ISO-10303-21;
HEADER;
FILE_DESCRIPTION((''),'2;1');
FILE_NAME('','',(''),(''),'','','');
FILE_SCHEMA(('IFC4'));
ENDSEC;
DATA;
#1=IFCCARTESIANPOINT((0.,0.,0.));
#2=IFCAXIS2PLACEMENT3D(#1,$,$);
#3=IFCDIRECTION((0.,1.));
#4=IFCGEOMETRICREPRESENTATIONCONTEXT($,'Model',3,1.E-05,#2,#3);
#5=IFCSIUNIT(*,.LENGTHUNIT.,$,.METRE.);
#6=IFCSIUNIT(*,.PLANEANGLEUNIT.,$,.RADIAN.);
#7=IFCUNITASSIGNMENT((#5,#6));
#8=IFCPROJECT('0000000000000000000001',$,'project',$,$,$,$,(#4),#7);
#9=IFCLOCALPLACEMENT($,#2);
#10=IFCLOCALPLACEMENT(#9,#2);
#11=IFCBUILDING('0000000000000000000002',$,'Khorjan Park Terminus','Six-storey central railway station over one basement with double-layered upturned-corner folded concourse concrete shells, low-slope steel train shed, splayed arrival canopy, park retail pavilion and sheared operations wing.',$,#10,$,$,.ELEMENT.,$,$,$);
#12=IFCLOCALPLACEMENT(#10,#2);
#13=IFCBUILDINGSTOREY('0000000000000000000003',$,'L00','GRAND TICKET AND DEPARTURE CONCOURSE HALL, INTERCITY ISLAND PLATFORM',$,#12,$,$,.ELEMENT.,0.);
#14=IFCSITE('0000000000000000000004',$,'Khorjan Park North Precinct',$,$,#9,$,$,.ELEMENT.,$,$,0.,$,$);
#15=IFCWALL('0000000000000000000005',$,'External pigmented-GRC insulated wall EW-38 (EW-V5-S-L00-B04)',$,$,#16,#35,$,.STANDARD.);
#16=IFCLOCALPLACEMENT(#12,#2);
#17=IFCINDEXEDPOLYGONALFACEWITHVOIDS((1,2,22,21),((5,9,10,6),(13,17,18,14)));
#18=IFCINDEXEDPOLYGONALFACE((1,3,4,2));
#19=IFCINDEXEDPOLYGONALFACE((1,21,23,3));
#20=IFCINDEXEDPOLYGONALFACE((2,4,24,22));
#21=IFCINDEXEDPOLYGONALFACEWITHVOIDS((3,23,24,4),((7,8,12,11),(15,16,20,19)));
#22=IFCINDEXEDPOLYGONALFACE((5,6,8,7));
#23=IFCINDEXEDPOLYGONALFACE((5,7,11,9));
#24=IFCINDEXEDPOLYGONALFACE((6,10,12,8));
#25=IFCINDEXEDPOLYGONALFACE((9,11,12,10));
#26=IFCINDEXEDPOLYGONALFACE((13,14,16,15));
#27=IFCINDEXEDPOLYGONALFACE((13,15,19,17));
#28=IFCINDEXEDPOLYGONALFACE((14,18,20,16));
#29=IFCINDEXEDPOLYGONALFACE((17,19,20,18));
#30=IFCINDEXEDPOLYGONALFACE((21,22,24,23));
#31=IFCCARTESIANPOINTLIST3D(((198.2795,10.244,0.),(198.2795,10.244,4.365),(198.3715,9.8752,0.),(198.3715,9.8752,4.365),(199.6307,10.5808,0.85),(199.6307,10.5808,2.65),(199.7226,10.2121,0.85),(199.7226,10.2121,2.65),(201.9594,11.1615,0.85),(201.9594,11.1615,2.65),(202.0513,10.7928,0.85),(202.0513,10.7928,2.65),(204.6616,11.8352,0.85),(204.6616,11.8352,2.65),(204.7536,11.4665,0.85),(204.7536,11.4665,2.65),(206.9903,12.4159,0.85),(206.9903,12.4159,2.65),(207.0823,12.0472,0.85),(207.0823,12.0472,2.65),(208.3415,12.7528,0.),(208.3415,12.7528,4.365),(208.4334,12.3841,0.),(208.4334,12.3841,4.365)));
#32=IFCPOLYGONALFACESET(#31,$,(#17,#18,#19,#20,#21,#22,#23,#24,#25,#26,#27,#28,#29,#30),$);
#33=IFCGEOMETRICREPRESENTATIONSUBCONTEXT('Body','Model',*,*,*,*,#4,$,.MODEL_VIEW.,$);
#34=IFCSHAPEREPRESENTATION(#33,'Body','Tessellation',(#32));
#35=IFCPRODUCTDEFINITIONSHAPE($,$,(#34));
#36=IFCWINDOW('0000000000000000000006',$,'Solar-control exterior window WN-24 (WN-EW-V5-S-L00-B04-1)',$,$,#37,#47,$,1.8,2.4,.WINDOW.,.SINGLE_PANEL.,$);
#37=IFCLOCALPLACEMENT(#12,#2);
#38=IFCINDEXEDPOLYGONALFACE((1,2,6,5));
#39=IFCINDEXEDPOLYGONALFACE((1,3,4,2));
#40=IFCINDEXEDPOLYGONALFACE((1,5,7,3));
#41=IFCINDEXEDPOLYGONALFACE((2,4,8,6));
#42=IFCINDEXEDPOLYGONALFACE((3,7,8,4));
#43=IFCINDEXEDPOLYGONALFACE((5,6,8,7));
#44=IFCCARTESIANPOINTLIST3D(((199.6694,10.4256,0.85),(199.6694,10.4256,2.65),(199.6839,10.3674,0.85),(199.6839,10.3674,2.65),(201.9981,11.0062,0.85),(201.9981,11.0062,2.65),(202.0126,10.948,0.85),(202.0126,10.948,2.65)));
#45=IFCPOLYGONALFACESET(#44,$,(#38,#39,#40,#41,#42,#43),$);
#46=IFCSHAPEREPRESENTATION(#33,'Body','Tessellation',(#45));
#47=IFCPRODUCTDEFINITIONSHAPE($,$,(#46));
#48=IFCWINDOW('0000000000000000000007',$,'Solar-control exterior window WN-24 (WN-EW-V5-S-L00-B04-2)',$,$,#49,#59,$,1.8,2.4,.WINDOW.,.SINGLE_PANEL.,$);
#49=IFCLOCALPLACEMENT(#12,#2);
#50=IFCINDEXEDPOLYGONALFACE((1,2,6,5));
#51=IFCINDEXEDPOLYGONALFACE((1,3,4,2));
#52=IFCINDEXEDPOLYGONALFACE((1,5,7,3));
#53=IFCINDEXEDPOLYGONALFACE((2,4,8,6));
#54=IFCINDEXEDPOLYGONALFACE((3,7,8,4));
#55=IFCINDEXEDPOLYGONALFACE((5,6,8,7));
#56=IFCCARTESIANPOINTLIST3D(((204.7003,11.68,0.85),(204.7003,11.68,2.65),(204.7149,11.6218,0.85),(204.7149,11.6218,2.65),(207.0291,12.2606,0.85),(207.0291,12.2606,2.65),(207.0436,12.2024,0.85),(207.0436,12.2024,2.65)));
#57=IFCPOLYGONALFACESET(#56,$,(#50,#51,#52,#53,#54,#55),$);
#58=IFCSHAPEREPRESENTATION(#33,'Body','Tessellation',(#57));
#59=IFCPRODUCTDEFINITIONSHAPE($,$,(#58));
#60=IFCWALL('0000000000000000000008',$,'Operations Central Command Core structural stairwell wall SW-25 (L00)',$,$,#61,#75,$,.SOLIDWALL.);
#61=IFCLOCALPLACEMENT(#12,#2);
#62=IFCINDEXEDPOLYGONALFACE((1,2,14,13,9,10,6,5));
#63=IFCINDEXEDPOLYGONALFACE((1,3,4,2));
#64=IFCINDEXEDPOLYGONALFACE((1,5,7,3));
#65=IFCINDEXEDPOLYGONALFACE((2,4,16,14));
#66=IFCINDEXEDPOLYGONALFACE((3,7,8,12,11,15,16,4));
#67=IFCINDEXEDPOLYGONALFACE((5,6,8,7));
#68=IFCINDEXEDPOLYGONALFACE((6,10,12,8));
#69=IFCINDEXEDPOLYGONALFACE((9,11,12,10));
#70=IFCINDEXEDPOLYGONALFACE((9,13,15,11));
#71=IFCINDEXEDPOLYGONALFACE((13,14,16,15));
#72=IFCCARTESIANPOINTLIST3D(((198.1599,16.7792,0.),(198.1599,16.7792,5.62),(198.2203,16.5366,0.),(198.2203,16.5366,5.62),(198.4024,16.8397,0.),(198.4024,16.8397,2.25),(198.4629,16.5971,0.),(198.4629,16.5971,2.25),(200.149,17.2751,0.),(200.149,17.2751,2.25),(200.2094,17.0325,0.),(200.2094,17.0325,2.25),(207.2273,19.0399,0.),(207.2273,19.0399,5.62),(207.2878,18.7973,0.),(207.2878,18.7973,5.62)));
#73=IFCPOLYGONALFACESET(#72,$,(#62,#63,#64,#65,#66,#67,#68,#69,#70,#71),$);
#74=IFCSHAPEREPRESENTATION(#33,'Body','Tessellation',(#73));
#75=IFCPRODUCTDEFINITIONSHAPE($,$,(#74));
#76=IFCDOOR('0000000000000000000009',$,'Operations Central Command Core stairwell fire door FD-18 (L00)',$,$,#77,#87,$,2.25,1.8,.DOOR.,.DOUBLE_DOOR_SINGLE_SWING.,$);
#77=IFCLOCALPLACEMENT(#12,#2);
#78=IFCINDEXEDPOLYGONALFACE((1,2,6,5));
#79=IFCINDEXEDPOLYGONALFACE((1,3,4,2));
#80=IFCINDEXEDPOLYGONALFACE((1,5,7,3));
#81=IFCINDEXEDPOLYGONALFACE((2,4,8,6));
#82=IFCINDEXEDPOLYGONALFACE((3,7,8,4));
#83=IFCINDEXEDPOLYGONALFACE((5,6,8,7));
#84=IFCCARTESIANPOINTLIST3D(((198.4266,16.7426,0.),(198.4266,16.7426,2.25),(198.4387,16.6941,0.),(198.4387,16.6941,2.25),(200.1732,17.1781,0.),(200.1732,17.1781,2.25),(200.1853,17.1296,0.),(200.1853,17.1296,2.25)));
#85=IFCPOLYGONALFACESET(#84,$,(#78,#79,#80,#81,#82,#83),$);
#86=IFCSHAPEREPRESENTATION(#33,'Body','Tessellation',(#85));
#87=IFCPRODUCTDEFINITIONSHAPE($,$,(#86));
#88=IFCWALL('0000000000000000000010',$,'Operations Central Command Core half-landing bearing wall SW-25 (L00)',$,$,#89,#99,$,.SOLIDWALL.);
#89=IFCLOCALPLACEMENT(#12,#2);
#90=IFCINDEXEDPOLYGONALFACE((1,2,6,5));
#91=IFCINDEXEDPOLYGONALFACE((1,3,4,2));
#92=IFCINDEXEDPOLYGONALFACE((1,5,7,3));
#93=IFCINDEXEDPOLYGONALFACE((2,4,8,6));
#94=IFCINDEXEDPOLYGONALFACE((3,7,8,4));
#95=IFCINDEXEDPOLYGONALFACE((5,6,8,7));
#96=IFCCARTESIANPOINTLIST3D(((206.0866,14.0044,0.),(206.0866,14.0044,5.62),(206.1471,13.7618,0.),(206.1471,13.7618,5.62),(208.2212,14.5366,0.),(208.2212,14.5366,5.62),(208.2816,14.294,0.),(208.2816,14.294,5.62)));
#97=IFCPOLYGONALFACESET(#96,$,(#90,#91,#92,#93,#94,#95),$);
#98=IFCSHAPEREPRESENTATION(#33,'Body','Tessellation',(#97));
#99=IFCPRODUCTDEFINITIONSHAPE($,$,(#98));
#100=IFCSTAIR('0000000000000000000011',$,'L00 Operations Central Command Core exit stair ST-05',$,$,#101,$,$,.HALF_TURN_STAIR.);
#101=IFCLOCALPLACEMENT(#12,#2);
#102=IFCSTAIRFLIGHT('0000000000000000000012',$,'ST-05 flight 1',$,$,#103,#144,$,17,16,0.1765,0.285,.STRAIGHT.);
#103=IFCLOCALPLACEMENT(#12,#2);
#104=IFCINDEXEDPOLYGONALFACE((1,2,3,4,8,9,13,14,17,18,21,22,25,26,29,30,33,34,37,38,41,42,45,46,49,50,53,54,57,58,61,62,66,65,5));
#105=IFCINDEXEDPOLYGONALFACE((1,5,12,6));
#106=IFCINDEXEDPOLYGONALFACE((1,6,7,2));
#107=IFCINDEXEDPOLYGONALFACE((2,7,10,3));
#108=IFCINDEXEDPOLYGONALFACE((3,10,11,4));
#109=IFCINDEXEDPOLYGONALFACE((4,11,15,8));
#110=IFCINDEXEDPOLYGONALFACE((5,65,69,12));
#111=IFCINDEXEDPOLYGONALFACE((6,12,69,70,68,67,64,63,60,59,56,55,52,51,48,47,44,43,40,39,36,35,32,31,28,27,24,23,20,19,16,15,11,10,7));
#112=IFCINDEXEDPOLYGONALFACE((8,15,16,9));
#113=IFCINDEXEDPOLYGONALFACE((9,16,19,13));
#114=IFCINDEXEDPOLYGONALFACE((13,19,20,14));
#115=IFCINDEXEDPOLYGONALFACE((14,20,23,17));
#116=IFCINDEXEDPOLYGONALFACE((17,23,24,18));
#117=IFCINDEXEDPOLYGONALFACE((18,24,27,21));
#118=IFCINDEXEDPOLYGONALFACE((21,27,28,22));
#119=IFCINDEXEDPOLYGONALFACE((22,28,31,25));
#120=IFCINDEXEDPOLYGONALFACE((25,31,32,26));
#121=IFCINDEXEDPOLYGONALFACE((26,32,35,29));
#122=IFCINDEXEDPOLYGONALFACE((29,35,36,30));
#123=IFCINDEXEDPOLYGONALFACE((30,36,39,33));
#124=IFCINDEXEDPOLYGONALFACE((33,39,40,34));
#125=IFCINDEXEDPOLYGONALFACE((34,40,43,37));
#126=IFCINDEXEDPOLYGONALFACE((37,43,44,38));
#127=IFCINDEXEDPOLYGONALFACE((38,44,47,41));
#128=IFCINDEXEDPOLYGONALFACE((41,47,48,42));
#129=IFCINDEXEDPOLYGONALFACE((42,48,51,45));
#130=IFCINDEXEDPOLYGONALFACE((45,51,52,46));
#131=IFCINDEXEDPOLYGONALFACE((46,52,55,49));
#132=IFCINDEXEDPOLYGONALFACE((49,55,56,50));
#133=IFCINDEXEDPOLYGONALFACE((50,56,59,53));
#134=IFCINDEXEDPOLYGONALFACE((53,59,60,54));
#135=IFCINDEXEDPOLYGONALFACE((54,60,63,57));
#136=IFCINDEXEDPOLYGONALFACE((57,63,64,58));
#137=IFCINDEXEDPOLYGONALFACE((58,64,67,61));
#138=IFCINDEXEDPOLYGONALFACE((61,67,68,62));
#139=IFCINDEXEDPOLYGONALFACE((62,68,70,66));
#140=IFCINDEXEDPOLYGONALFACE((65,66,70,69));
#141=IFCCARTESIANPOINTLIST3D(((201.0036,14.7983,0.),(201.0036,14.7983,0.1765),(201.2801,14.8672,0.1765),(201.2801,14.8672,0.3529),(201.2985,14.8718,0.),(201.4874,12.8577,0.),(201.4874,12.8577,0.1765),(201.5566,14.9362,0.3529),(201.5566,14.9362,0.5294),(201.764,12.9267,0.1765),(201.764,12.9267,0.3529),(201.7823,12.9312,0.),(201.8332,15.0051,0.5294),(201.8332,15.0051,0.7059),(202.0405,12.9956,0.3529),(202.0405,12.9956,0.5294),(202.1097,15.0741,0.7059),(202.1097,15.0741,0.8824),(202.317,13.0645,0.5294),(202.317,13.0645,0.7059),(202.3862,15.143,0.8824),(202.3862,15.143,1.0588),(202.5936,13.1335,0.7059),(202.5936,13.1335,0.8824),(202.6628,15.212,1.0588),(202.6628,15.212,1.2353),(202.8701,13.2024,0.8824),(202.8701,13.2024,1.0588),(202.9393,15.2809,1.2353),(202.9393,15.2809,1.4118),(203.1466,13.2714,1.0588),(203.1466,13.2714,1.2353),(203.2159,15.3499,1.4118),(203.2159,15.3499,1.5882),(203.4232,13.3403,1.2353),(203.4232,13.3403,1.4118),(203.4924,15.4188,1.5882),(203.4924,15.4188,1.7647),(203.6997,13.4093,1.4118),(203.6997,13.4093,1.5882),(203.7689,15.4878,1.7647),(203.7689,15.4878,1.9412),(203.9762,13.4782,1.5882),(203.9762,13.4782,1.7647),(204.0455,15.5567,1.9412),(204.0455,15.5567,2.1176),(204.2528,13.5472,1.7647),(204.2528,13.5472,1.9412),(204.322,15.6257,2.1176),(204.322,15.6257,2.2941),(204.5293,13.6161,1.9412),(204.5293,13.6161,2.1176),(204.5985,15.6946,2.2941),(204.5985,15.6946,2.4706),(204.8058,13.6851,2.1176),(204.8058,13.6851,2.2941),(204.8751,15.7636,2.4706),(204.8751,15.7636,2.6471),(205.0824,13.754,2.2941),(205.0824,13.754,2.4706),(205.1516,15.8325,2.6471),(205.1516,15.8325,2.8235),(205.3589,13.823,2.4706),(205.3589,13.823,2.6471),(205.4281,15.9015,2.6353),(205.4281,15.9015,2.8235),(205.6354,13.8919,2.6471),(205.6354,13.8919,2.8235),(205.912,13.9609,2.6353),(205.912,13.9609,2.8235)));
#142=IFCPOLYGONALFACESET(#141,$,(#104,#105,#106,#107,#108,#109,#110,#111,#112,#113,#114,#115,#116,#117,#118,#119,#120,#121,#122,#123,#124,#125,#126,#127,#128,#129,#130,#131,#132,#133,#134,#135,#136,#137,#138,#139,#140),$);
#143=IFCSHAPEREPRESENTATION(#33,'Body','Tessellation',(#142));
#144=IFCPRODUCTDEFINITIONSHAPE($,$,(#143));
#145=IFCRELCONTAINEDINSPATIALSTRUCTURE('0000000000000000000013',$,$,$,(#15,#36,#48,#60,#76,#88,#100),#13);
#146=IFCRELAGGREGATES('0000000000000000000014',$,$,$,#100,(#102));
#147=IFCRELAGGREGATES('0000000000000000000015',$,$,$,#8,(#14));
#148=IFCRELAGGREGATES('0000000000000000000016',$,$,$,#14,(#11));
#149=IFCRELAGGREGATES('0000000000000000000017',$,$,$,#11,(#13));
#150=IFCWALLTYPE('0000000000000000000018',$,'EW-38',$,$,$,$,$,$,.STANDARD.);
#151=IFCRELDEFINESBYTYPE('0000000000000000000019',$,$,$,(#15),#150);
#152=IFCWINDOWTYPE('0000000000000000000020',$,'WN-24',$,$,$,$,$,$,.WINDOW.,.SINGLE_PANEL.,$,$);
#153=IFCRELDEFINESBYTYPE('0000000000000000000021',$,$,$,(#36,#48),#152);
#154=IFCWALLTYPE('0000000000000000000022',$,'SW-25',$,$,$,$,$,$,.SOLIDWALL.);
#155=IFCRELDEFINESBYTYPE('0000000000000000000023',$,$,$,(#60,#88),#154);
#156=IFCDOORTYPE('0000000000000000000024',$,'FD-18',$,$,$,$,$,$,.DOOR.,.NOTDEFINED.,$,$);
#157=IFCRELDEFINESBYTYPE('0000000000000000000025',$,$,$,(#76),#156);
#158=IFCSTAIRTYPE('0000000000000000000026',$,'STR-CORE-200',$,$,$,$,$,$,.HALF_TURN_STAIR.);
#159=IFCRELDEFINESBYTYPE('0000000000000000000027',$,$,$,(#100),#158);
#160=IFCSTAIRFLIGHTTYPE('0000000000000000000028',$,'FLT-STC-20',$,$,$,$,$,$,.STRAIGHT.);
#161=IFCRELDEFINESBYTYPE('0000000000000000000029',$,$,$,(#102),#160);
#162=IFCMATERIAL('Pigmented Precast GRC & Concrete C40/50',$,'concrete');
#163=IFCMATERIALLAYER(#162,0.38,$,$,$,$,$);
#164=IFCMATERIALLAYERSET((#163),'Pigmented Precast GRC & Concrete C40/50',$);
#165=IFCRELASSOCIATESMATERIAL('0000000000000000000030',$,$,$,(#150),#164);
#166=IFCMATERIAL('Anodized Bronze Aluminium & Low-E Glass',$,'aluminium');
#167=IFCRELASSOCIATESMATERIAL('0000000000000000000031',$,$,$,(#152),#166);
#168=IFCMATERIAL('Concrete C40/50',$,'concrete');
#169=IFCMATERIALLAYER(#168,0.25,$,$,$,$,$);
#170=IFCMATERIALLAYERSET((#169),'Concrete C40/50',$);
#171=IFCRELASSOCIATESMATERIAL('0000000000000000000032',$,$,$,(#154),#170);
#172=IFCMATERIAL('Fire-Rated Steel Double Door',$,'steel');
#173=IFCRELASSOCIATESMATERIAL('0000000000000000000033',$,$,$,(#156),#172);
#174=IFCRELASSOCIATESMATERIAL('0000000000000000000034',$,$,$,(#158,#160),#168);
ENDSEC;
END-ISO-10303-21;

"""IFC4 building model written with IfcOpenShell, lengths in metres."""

from ifc_helpers import new_model, si_unit, direction, frame, frame_2d, origin, place, context, subcontext, project, spatial, polyline, rectangle, outline, extrude, material, layer, layer_set, type_object, element, fill, aggregate, save


model = new_model("IFC4")

# Units and contexts
model_context = context("Model", 3, precision=1e-05, world=origin(), true_north=direction((0.0, 1.0)))
body_context = subcontext(model_context, "Body", "Model", "MODEL_VIEW")
ifc_project = project(units=[si_unit("LENGTHUNIT", "METRE"), si_unit("PLANEANGLEUNIT", "RADIAN")], contexts=[model_context])

# Site, building, storey
site_placement = place(None, origin())
site = spatial("IfcSite", under=ifc_project, at=site_placement, Name="Khorjan Park North Precinct", CompositionType="ELEMENT", RefElevation=0.0)
building_placement = place(site_placement, origin())
building = spatial("IfcBuilding", under=site, at=building_placement, Name="Khorjan Park Terminus", Description="Six-storey central railway station over one basement with double-layered upturned-corner folded concourse concrete shells, low-slope steel train shed, splayed arrival canopy, park retail pavilion and sheared operations wing.", CompositionType="ELEMENT")
storey_placement = place(building_placement, origin())
storey = spatial("IfcBuildingStorey", under=building, at=storey_placement, Name="L00", Description="GRAND TICKET AND DEPARTURE CONCOURSE HALL, INTERCITY ISLAND PLATFORM", CompositionType="ELEMENT", Elevation=0.0)

# Wall, openings, windows
ifc_material_1 = material(Name="Pigmented Precast GRC & Concrete C40/50", Category="concrete")
ifc_layer_1 = layer(ifc_material_1, 0.38)
ifc_layer_set_1 = layer_set([ifc_layer_1], Name="Pigmented Precast GRC & Concrete C40/50")
wall_type_1 = type_object("IfcWallType", Name="EW-38", PredefinedType="STANDARD", material=ifc_layer_set_1)
wall_1_placement = place(storey_placement, frame((198.3255, 10.0596, 0.0), z_axis=(0.0, 0.0, 1.0), x_axis=(0.970294, 0.24193, 0.0)))
wall_1 = element("IfcWall", 1, at=wall_1_placement, inside=storey, type_object=wall_type_1, Name="External pigmented-GRC insulated wall EW-38 (EW-V5-S-L00-B04)", PredefinedType="STANDARD", context=body_context, shape_type="SweptSolid", body=[
    extrude(rectangle(XDim=10.37, YDim=0.38, at=frame_2d((5.185, 0.0))), origin(), (0.0, 0.0, 1.0), 4.365),
])
opening_1_placement = place(wall_1_placement, frame((1.3925, 0.0, 0.85)))
opening_1 = element("IfcOpeningElement", 2, at=opening_1_placement, cuts=wall_1, PredefinedType="OPENING", context=body_context, shape_type="SweptSolid", body=[
    extrude(rectangle(XDim=2.4, YDim=1.8, at=frame_2d((1.2, 0.9))), frame((0.0, 0.2, 0.0), z_axis=(0.0, -1.0, 0.0), x_axis=(1.0, 0.0, 0.0)), (0.0, 0.0, 1.0), 0.4),
])
opening_2_placement = place(wall_1_placement, frame((6.5775, 0.0, 0.85)))
opening_2 = element("IfcOpeningElement", 3, at=opening_2_placement, cuts=wall_1, PredefinedType="OPENING", context=body_context, shape_type="SweptSolid", body=[
    extrude(rectangle(XDim=2.4, YDim=1.8, at=frame_2d((1.2, 0.9))), frame((0.0, 0.2, 0.0), z_axis=(0.0, -1.0, 0.0), x_axis=(1.0, 0.0, 0.0)), (0.0, 0.0, 1.0), 0.4),
])
ifc_material_2 = material(Name="Anodized Bronze Aluminium & Low-E Glass", Category="aluminium")
window_type = type_object("IfcWindowType", Name="WN-24", PartitioningType="SINGLE_PANEL", PredefinedType="WINDOW", material=ifc_material_2)
window_1_placement = place(opening_1_placement, origin())
window_1 = element("IfcWindow", 4, at=window_1_placement, inside=storey, type_object=window_type, Name="Solar-control exterior window WN-24 (WN-EW-V5-S-L00-B04-1)", OverallHeight=1.8, OverallWidth=2.4, PartitioningType="SINGLE_PANEL", PredefinedType="WINDOW", context=body_context, shape_type="SweptSolid", body=[
    extrude(rectangle(XDim=2.4, YDim=1.8, at=frame_2d((1.2, 0.9))), frame((0.0, 0.03, 0.0), z_axis=(0.0, -1.0, 0.0), x_axis=(1.0, 0.0, 0.0)), (0.0, 0.0, 1.0), 0.06),
])
fill(opening_1, window_1)
window_2_placement = place(opening_2_placement, origin())
window_2 = element("IfcWindow", 5, at=window_2_placement, inside=storey, type_object=window_type, Name="Solar-control exterior window WN-24 (WN-EW-V5-S-L00-B04-2)", OverallHeight=1.8, OverallWidth=2.4, PartitioningType="SINGLE_PANEL", PredefinedType="WINDOW", context=body_context, shape_type="SweptSolid", body=[
    extrude(rectangle(XDim=2.4, YDim=1.8, at=frame_2d((1.2, 0.9))), frame((0.0, 0.03, 0.0), z_axis=(0.0, -1.0, 0.0), x_axis=(1.0, 0.0, 0.0)), (0.0, 0.0, 1.0), 0.06),
])
fill(opening_2, window_2)

# Wall, opening, door
ifc_material_3 = material(Name="Concrete C40/50", Category="concrete")
ifc_layer_2 = layer(ifc_material_3, 0.25)
ifc_layer_set_2 = layer_set([ifc_layer_2], Name="Concrete C40/50")
wall_type_2 = type_object("IfcWallType", Name="SW-25", PredefinedType="SOLIDWALL", material=ifc_layer_set_2)
wall_2_placement = place(storey_placement, frame((198.1901, 16.6579, 0.0), z_axis=(0.0, 0.0, 1.0), x_axis=(0.970297, 0.241916, 0.0)))
wall_2 = element("IfcWall", 6, at=wall_2_placement, inside=storey, type_object=wall_type_2, Name="Operations Central Command Core structural stairwell wall SW-25 (L00)", PredefinedType="SOLIDWALL", context=body_context, shape_type="SweptSolid", body=[
    extrude(rectangle(XDim=9.345, YDim=0.25, at=frame_2d((4.6725, 0.0))), origin(), (0.0, 0.0, 1.0), 5.62),
])
opening_3_placement = place(wall_2_placement, frame((0.25, 0.0, 0.0)))
opening_3 = element("IfcOpeningElement", 7, at=opening_3_placement, cuts=wall_2, PredefinedType="OPENING", context=body_context, shape_type="SweptSolid", body=[
    extrude(rectangle(XDim=1.8, YDim=2.25, at=frame_2d((0.9, 1.125))), frame((0.0, 0.135, 0.0), z_axis=(0.0, -1.0, 0.0), x_axis=(1.0, 0.0, 0.0)), (0.0, 0.0, 1.0), 0.27),
])
ifc_material_4 = material(Name="Fire-Rated Steel Double Door", Category="steel")
door_type = type_object("IfcDoorType", Name="FD-18", OperationType="NOTDEFINED", PredefinedType="DOOR", material=ifc_material_4)
door_placement = place(opening_3_placement, origin())
door = element("IfcDoor", 8, at=door_placement, inside=storey, type_object=door_type, Name="Operations Central Command Core stairwell fire door FD-18 (L00)", OperationType="DOUBLE_DOOR_SINGLE_SWING", OverallHeight=2.25, OverallWidth=1.8, PredefinedType="DOOR", context=body_context, shape_type="SweptSolid", body=[
    extrude(rectangle(XDim=1.8, YDim=2.25, at=frame_2d((0.9, 1.125))), frame((0.0, 0.025, 0.0), z_axis=(0.0, -1.0, 0.0), x_axis=(1.0, 0.0, 0.0)), (0.0, 0.0, 1.0), 0.05),
])
fill(opening_3, door)

# Wall
wall_3_placement = place(storey_placement, frame((206.1169, 13.8831, 0.0), z_axis=(0.0, 0.0, 1.0), x_axis=(0.970297, 0.241915, 0.0)))
element("IfcWall", 9, at=wall_3_placement, inside=storey, type_object=wall_type_2, Name="Operations Central Command Core half-landing bearing wall SW-25 (L00)", PredefinedType="SOLIDWALL", context=body_context, shape_type="SweptSolid", body=[
    extrude(rectangle(XDim=2.1999, YDim=0.25, at=frame_2d((1.0999, 0.0))), origin(), (0.0, 0.0, 1.0), 5.62),
])

# Stair, stair flight
stair_type = type_object("IfcStairType", Name="STR-CORE-200", PredefinedType="HALF_TURN_STAIR", material=ifc_material_3)
stair_placement = place(storey_placement, origin())
stair = element("IfcStair", 10, at=stair_placement, inside=storey, type_object=stair_type, Name="L00 Operations Central Command Core exit stair ST-05", PredefinedType="HALF_TURN_STAIR")
stair_flight_type = type_object("IfcStairFlightType", Name="FLT-STC-20", PredefinedType="STRAIGHT", material=ifc_material_3)
stair_flight_1_placement = place(storey_placement, frame((201.2455, 13.828, 0.0), z_axis=(0.0, 0.0, 1.0), x_axis=(0.970296, 0.241922, 0.0)))
stair_flight_1 = element("IfcStairFlight", 11, at=stair_flight_1_placement, type_object=stair_flight_type, Name="ST-05 flight 1", NumberOfRisers=17, NumberOfTreads=16, PredefinedType="STRAIGHT", RiserHeight=0.1765, TreadLength=0.285, context=body_context, shape_type="SweptSolid", body=[
    extrude(outline(polyline([(0.0, 0.0), (0.0, 0.1765), (0.285, 0.1765), (0.285, 0.3529), (0.57, 0.3529), (0.57, 0.5294), (0.855, 0.5294), (0.855, 0.7059), (1.14, 0.7059), (1.14, 0.8824), (1.425, 0.8824), (1.425, 1.0588), (1.71, 1.0588), (1.71, 1.2353), (1.995, 1.2353), (1.995, 1.4118), (2.28, 1.4118), (2.28, 1.5882), (2.565, 1.5882), (2.565, 1.7647), (2.85, 1.7647), (2.85, 1.9412), (3.135, 1.9412), (3.135, 2.1176), (3.42, 2.1176), (3.42, 2.2941), (3.705, 2.2941), (3.705, 2.4706), (3.99, 2.4706), (3.99, 2.6471), (4.275, 2.6471), (4.275, 2.8235), (4.56, 2.8235), (4.56, 3.0), (4.56, 2.6353), (0.3039, 0.0), (0.0, 0.0)])), frame((0.0, 1.0, 0.0), z_axis=(0.0, -1.0, 0.0), x_axis=(1.0, 0.0, 0.0)), (0.0, 0.0, 1.0), 2.0),
])
aggregate(stair, [stair_flight_1])

save(model, "model.ifc")
